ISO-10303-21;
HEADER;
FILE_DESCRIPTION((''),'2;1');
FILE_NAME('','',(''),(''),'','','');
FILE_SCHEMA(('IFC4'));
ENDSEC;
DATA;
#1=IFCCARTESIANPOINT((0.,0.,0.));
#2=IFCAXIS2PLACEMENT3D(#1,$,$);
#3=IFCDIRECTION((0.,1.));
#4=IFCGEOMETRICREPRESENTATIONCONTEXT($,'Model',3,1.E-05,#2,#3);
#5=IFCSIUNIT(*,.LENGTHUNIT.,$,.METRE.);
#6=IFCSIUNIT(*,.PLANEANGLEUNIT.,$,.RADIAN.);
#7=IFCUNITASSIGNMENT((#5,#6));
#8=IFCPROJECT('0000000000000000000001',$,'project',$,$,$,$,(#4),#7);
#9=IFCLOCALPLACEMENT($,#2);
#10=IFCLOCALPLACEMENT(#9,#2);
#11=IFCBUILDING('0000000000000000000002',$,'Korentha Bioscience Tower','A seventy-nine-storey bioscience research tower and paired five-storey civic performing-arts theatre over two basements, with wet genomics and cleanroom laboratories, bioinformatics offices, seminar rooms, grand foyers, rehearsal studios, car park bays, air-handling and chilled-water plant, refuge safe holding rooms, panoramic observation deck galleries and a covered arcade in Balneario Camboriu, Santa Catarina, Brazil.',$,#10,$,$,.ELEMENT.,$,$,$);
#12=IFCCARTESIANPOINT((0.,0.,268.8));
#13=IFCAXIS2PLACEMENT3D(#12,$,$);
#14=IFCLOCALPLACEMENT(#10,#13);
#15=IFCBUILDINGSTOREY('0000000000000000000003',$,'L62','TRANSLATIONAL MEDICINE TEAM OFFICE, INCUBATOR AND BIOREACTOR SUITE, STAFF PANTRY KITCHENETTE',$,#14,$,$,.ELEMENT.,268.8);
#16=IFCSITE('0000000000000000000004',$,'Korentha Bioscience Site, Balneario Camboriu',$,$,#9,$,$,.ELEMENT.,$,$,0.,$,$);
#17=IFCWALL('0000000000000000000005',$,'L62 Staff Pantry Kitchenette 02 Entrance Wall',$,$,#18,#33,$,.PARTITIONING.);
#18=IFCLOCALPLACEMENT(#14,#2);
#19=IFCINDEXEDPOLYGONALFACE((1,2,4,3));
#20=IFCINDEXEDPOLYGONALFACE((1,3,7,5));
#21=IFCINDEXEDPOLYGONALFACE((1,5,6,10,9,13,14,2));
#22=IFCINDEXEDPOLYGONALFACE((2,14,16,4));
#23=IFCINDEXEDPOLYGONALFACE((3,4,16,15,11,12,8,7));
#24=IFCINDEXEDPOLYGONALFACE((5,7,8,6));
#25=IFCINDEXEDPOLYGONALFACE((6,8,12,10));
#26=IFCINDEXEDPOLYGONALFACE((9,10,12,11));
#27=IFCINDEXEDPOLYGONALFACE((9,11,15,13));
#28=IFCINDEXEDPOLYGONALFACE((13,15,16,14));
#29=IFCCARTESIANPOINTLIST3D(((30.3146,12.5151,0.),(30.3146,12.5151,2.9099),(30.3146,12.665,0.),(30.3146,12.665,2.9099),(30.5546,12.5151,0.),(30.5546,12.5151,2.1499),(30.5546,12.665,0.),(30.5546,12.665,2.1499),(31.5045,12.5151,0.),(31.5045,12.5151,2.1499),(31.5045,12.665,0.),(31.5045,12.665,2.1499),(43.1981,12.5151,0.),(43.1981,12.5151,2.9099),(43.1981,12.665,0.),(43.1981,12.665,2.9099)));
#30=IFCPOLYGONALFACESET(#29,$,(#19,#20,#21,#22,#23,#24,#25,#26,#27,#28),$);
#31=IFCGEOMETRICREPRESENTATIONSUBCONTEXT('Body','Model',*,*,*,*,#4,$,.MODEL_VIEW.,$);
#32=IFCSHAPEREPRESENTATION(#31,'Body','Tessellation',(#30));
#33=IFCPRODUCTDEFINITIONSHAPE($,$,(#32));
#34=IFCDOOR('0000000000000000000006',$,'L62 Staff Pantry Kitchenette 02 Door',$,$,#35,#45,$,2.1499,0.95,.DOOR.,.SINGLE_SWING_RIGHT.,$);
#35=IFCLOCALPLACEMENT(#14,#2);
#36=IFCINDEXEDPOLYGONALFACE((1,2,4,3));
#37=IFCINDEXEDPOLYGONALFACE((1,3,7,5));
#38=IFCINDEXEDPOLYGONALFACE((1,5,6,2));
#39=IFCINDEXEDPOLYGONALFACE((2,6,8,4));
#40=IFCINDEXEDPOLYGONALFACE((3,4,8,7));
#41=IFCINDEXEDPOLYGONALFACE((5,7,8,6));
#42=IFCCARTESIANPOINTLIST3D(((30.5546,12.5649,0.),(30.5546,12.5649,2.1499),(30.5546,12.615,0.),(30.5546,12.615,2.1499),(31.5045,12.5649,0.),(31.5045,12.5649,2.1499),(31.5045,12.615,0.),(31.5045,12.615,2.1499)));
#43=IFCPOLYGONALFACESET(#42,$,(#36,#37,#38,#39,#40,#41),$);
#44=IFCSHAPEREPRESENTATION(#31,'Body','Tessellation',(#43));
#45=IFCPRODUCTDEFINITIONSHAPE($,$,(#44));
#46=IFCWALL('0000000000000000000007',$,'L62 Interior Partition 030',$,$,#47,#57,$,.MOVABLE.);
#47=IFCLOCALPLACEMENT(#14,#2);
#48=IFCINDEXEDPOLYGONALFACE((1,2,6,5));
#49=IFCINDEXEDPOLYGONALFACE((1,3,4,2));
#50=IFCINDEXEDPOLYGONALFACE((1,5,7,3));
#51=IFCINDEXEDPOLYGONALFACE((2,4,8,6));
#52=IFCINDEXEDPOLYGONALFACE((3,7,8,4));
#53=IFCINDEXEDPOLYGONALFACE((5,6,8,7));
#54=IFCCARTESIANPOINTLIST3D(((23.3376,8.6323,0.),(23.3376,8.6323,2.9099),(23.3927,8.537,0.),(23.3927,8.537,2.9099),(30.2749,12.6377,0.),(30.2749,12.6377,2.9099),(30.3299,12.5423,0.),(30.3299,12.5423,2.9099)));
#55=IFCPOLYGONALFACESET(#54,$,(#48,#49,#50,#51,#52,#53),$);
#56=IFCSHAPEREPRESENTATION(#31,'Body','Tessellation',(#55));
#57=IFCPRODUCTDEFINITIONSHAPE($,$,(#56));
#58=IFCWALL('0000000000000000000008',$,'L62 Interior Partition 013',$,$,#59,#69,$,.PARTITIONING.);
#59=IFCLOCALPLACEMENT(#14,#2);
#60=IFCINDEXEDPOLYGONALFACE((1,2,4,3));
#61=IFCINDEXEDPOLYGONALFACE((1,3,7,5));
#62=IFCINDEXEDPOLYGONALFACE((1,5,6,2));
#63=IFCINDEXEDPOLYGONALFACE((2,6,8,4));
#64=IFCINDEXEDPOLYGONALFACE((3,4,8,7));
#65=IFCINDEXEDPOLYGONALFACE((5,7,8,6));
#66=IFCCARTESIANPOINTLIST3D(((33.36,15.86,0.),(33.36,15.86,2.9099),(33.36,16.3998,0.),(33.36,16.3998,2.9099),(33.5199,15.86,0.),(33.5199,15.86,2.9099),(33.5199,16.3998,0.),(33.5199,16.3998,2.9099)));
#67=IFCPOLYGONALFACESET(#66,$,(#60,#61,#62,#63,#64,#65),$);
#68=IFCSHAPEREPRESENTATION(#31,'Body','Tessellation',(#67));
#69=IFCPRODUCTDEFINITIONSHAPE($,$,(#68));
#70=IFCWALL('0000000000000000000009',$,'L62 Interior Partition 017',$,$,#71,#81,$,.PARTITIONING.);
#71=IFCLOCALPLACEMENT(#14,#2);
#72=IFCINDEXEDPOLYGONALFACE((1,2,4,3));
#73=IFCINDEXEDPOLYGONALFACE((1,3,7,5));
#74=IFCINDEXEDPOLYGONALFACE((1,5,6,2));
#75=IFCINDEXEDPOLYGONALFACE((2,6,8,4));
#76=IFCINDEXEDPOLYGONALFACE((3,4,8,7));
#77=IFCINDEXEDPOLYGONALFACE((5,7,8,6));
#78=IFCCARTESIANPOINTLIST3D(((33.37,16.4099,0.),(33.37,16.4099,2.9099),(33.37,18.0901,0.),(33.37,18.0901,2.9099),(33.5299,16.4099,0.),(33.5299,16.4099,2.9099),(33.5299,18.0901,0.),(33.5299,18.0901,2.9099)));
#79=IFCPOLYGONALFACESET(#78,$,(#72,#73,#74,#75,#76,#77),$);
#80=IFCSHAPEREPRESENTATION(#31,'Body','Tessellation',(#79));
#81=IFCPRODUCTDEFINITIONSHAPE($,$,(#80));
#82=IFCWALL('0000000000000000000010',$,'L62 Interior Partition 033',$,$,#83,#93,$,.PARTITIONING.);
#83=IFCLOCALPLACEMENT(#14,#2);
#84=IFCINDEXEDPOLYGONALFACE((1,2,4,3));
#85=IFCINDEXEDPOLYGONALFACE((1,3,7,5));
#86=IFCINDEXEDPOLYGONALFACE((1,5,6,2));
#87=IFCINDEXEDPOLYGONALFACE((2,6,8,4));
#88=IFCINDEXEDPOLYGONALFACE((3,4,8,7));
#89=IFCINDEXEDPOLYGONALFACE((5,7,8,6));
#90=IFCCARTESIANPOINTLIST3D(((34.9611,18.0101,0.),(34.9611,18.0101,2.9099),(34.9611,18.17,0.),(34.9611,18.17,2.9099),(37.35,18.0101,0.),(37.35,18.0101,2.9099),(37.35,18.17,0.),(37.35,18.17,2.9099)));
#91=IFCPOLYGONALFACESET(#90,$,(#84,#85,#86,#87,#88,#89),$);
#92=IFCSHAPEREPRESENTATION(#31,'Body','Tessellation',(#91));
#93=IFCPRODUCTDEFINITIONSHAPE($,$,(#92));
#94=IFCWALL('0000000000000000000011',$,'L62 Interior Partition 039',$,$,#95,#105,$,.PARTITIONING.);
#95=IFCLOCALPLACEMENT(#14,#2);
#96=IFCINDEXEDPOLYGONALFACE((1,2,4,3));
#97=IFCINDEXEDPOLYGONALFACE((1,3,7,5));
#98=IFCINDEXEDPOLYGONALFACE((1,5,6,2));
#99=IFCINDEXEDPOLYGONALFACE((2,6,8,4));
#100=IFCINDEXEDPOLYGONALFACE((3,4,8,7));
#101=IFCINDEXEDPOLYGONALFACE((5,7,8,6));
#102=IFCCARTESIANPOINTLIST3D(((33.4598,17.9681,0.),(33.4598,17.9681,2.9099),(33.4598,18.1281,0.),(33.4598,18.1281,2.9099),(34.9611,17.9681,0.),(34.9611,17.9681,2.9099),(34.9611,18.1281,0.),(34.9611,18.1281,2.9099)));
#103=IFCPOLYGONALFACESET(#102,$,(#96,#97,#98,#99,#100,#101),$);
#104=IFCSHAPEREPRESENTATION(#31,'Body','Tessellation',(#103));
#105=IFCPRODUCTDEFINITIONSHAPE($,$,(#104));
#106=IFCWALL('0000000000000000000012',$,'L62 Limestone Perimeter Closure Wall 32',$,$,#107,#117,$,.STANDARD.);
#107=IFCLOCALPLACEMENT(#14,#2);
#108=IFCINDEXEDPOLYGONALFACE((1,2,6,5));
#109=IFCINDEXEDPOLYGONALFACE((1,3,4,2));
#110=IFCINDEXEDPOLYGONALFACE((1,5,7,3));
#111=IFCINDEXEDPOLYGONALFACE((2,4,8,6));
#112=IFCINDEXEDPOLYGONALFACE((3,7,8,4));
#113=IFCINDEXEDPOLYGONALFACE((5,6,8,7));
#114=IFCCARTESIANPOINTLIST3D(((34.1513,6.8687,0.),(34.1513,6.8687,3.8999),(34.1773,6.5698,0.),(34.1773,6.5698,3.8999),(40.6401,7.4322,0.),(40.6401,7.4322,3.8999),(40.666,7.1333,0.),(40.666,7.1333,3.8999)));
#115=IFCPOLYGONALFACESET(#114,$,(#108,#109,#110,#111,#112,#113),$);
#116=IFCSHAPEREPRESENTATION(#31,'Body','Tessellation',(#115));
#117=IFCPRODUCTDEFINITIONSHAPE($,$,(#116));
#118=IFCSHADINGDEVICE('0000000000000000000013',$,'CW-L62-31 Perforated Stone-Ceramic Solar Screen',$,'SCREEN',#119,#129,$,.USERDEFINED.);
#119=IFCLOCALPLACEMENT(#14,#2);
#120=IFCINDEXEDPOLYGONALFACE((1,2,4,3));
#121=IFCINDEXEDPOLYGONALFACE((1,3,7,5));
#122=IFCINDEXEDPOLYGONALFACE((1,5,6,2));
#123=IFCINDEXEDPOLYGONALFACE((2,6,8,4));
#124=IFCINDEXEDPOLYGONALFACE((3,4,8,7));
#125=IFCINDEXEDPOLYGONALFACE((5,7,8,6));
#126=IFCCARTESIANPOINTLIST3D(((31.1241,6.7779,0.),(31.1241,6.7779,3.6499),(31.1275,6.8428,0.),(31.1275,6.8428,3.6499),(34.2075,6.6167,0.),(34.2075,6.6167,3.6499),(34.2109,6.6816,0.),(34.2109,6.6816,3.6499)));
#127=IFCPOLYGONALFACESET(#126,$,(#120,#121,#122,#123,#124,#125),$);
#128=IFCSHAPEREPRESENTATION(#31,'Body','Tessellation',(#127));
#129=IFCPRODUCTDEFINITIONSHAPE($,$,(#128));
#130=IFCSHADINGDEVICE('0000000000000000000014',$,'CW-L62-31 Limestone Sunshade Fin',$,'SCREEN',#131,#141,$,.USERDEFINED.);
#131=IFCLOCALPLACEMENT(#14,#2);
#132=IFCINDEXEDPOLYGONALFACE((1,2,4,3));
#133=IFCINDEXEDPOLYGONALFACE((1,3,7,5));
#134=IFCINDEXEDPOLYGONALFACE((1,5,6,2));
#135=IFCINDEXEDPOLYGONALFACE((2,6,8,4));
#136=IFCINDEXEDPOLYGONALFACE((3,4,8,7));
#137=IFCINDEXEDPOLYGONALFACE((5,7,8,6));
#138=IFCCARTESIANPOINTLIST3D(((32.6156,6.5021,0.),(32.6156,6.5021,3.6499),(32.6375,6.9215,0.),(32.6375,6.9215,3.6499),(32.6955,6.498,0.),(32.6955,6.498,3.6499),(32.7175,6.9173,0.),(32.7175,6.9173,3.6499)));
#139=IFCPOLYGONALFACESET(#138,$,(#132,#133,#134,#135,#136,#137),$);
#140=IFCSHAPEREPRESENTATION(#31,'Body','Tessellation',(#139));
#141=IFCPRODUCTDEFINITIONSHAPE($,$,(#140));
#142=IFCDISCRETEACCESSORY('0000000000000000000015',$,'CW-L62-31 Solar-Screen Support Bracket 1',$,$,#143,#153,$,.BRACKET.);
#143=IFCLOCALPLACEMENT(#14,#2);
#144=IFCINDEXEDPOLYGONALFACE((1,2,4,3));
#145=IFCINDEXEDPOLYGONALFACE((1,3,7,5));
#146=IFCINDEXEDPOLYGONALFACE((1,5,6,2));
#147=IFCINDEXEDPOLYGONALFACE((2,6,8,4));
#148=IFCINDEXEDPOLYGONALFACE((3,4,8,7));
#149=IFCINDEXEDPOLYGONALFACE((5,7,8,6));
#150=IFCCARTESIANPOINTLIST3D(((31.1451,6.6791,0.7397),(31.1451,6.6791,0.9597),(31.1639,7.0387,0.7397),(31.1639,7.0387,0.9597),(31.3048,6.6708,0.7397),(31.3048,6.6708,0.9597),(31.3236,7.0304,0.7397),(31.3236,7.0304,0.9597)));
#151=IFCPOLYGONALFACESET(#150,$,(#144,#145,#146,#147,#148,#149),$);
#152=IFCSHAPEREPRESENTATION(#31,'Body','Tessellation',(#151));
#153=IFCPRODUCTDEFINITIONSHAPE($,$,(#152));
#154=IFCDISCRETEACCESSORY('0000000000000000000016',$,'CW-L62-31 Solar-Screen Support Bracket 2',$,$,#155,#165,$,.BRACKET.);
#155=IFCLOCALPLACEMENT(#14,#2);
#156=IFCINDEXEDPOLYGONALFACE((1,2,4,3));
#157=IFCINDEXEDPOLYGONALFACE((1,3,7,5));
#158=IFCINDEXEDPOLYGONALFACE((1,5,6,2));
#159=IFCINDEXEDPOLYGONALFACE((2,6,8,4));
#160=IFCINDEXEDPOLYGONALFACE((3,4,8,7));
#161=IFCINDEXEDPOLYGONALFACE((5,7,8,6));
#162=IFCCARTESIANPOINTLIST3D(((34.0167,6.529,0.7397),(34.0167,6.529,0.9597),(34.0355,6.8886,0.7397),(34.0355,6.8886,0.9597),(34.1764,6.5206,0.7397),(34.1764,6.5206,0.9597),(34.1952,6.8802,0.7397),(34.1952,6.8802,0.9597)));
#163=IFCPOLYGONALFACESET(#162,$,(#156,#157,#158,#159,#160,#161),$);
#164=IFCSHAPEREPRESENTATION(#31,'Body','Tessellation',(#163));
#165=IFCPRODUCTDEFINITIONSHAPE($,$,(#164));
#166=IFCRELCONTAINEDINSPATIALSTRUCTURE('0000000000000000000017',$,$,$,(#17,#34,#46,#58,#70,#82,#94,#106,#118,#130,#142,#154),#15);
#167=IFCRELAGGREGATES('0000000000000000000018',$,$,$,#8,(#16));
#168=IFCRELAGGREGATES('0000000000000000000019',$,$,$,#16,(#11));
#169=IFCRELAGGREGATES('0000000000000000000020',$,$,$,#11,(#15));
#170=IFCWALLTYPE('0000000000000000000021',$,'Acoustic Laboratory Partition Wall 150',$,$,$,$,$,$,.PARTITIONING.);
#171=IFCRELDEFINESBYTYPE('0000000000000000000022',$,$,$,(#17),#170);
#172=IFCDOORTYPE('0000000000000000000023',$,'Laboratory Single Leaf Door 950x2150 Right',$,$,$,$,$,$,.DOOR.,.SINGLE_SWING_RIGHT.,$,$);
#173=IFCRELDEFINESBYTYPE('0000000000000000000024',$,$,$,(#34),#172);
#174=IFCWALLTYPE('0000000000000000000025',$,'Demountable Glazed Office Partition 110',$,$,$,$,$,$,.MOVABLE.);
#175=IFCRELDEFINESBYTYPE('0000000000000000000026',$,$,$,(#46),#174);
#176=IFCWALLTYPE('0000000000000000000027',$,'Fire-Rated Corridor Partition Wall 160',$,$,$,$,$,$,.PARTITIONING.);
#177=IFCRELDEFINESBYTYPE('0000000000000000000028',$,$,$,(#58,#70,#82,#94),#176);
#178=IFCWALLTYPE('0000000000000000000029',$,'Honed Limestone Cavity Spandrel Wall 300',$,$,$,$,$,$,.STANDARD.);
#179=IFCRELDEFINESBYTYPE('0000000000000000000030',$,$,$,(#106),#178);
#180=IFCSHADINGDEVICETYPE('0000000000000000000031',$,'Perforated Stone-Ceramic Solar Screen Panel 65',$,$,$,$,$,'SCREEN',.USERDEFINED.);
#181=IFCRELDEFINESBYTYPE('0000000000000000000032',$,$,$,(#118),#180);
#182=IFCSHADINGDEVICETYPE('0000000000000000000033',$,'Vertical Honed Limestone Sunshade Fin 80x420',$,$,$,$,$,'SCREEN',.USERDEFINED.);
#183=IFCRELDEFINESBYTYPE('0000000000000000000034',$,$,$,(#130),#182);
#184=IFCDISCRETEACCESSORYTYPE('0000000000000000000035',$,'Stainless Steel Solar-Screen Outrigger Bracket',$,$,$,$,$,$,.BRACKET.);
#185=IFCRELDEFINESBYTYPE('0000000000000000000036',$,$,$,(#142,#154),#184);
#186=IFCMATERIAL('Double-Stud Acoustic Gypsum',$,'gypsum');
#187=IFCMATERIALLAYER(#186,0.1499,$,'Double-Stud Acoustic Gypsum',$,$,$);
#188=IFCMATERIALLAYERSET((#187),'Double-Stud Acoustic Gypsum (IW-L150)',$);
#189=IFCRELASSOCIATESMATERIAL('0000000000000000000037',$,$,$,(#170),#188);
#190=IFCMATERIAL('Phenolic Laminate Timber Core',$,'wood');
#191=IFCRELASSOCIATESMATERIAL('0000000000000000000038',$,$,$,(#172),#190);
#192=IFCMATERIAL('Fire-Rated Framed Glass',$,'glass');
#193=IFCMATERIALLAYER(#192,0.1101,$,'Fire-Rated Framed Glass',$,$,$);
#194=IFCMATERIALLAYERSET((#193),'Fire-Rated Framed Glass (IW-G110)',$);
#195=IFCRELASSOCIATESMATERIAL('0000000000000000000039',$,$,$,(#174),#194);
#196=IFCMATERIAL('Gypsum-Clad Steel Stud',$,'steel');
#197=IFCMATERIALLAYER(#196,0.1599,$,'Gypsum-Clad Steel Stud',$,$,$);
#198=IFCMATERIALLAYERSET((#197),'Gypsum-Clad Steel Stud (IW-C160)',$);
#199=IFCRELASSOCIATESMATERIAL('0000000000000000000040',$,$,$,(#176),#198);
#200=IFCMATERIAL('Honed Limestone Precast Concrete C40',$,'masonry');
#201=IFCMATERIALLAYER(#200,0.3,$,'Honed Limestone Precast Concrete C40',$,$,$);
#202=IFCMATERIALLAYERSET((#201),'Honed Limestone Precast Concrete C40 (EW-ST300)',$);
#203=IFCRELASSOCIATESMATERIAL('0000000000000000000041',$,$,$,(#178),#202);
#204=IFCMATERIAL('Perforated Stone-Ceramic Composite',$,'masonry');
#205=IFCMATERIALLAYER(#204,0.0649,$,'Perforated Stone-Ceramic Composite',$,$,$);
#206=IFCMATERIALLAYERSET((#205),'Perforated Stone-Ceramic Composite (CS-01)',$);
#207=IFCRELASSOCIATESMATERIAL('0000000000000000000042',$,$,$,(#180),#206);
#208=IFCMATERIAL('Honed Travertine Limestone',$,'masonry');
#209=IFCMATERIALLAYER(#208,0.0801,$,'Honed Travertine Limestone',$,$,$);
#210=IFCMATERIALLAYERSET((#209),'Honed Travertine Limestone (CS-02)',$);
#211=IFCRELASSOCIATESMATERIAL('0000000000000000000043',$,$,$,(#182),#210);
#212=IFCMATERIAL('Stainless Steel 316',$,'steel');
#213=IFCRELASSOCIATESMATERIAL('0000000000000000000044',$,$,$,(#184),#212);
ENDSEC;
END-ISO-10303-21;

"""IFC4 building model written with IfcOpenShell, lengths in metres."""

from ifc_helpers import new_model, si_unit, direction, frame, frame_2d, origin, origin_2d, place, context, subcontext, project, spatial, rectangle, extrude, material, layer, layer_set, type_object, element, fill, save


model = new_model("IFC4")

# Units and contexts
model_context = context("Model", 3, precision=1e-05, world=origin(), true_north=direction((0.0, 1.0)))
body_context = subcontext(model_context, "Body", "Model", "MODEL_VIEW")
ifc_project = project(units=[si_unit("LENGTHUNIT", "METRE"), si_unit("PLANEANGLEUNIT", "RADIAN")], contexts=[model_context])

# Site, building, storey
site_placement = place(None, origin())
site = spatial("IfcSite", under=ifc_project, at=site_placement, Name="Korentha Bioscience Site, Balneario Camboriu", CompositionType="ELEMENT", RefElevation=0.0)
building_placement = place(site_placement, origin())
building = spatial("IfcBuilding", under=site, at=building_placement, Name="Korentha Bioscience Tower", Description="A seventy-nine-storey bioscience research tower and paired five-storey civic performing-arts theatre over two basements, with wet genomics and cleanroom laboratories, bioinformatics offices, seminar rooms, grand foyers, rehearsal studios, car park bays, air-handling and chilled-water plant, refuge safe holding rooms, panoramic observation deck galleries and a covered arcade in Balneario Camboriu, Santa Catarina, Brazil.", CompositionType="ELEMENT")
storey_placement = place(building_placement, frame((0.0, 0.0, 268.8)))
storey = spatial("IfcBuildingStorey", under=building, at=storey_placement, Name="L62", Description="TRANSLATIONAL MEDICINE TEAM OFFICE, INCUBATOR AND BIOREACTOR SUITE, STAFF PANTRY KITCHENETTE", CompositionType="ELEMENT", Elevation=268.8)

# Wall, opening, door
ifc_material_1 = material(Name="Double-Stud Acoustic Gypsum", Category="gypsum")
ifc_layer_1 = layer(ifc_material_1, 0.1499, Name="Double-Stud Acoustic Gypsum")
ifc_layer_set_1 = layer_set([ifc_layer_1], Name="Double-Stud Acoustic Gypsum (IW-L150)")
wall_type_1 = type_object("IfcWallType", Name="Acoustic Laboratory Partition Wall 150", PredefinedType="PARTITIONING", material=ifc_layer_set_1)
wall_1_placement = place(storey_placement, frame((30.3145, 12.5901, 0.0), z_axis=(0.0, 0.0, 1.0), x_axis=(1.0, 0.0, 0.0)))
wall_1 = element("IfcWall", 1, at=wall_1_placement, inside=storey, type_object=wall_type_1, Name="L62 Staff Pantry Kitchenette 02 Entrance Wall", PredefinedType="PARTITIONING", context=body_context, shape_type="SweptSolid", body=[
    extrude(rectangle(XDim=12.8835, YDim=0.1499, at=frame_2d((6.4419, 0.0))), origin(), (0.0, 0.0, 1.0), 2.9099),
])
opening_1_placement = place(wall_1_placement, frame((0.24, 0.0, 0.0)))
opening_1 = element("IfcOpeningElement", 2, at=opening_1_placement, cuts=wall_1, PredefinedType="OPENING", context=body_context, shape_type="SweptSolid", body=[
    extrude(rectangle(XDim=0.95, YDim=2.1499, at=frame_2d((0.4751, 1.075))), frame((0.0, 0.0898, 0.0), z_axis=(0.0, -1.0, 0.0), x_axis=(1.0, 0.0, 0.0)), (0.0, 0.0, 1.0), 0.1797),
])
ifc_material_2 = material(Name="Phenolic Laminate Timber Core", Category="wood")
door_type_1 = type_object("IfcDoorType", Name="Laboratory Single Leaf Door 950x2150 Right", OperationType="SINGLE_SWING_RIGHT", PredefinedType="DOOR", material=ifc_material_2)
door_1_placement = place(opening_1_placement, origin())
door_1 = element("IfcDoor", 3, at=door_1_placement, inside=storey, type_object=door_type_1, Name="L62 Staff Pantry Kitchenette 02 Door", OperationType="SINGLE_SWING_RIGHT", OverallHeight=2.1499, OverallWidth=0.95, PredefinedType="DOOR", context=body_context, shape_type="SweptSolid", body=[
    extrude(rectangle(XDim=0.95, YDim=2.1499, at=frame_2d((0.4751, 1.075))), frame((0.0, 0.0249, 0.0), z_axis=(0.0, -1.0, 0.0), x_axis=(1.0, 0.0, 0.0)), (0.0, 0.0, 1.0), 0.05),
])
fill(opening_1, door_1)

# Wall
ifc_material_3 = material(Name="Fire-Rated Framed Glass", Category="glass")
ifc_layer_2 = layer(ifc_material_3, 0.1101, Name="Fire-Rated Framed Glass")
ifc_layer_set_2 = layer_set([ifc_layer_2], Name="Fire-Rated Framed Glass (IW-G110)")
wall_type_2 = type_object("IfcWallType", Name="Demountable Glazed Office Partition 110", PredefinedType="MOVABLE", material=ifc_layer_set_2)
wall_2_placement = place(storey_placement, frame((30.3025, 12.5901, 0.0), z_axis=(0.0, 0.0, 1.0), x_axis=(-0.866018, -0.500014, 0.0)))
element("IfcWall", 4, at=wall_2_placement, inside=storey, type_object=wall_type_2, Name="L62 Interior Partition 030", PredefinedType="MOVABLE", context=body_context, shape_type="SweptSolid", body=[
    extrude(rectangle(XDim=8.0105, YDim=0.1101, at=frame_2d((4.0054, 0.0))), origin(), (0.0, 0.0, 1.0), 2.9099),
])

# Shared definitions
ifc_material_4 = material(Name="Gypsum-Clad Steel Stud", Category="steel")
ifc_layer_3 = layer(ifc_material_4, 0.1599, Name="Gypsum-Clad Steel Stud")
ifc_layer_set_3 = layer_set([ifc_layer_3], Name="Gypsum-Clad Steel Stud (IW-C160)")
wall_type_3 = type_object("IfcWallType", Name="Fire-Rated Corridor Partition Wall 160", PredefinedType="PARTITIONING", material=ifc_layer_set_3)

# Walls
wall_3_placement = place(storey_placement, frame((33.4399, 16.3999, 0.0), z_axis=(0.0, 0.0, 1.0), x_axis=(0.0, -1.0, 0.0)))
element("IfcWall", 5, at=wall_3_placement, inside=storey, type_object=wall_type_3, Name="L62 Interior Partition 013", PredefinedType="PARTITIONING", context=body_context, shape_type="SweptSolid", body=[
    extrude(rectangle(XDim=0.5398, YDim=0.1599, at=frame_2d((0.27, 0.0))), origin(), (0.0, 0.0, 1.0), 2.9099),
])
wall_4_placement = place(storey_placement, frame((33.45, 18.0901, 0.0), z_axis=(0.0, 0.0, 1.0), x_axis=(0.0, -1.0, 0.0)))
element("IfcWall", 6, at=wall_4_placement, inside=storey, type_object=wall_type_3, Name="L62 Interior Partition 017", PredefinedType="PARTITIONING", context=body_context, shape_type="SweptSolid", body=[
    extrude(rectangle(XDim=1.6802, YDim=0.1599, at=frame_2d((0.8401, 0.0))), origin(), (0.0, 0.0, 1.0), 2.9099),
])
wall_5_placement = place(storey_placement, frame((34.9612, 18.0901, 0.0), z_axis=(0.0, 0.0, 1.0), x_axis=(1.0, 0.0, 0.0)))
element("IfcWall", 7, at=wall_5_placement, inside=storey, type_object=wall_type_3, Name="L62 Interior Partition 033", PredefinedType="PARTITIONING", context=body_context, shape_type="SweptSolid", body=[
    extrude(rectangle(XDim=2.3889, YDim=0.1599, at=frame_2d((1.1943, 0.0))), origin(), (0.0, 0.0, 1.0), 2.9099),
])
wall_6_placement = place(storey_placement, frame((33.46, 18.0481, 0.0), z_axis=(0.0, 0.0, 1.0), x_axis=(1.0, 0.0, 0.0)))
element("IfcWall", 8, at=wall_6_placement, inside=storey, type_object=wall_type_3, Name="L62 Interior Partition 039", PredefinedType="PARTITIONING", context=body_context, shape_type="SweptSolid", body=[
    extrude(rectangle(XDim=1.5012, YDim=0.1599, at=frame_2d((0.7505, 0.0))), origin(), (0.0, 0.0, 1.0), 2.9099),
])
ifc_material_5 = material(Name="Honed Limestone Precast Concrete C40", Category="masonry")
ifc_layer_4 = layer(ifc_material_5, 0.3, Name="Honed Limestone Precast Concrete C40")
ifc_layer_set_4 = layer_set([ifc_layer_4], Name="Honed Limestone Precast Concrete C40 (EW-ST300)")
wall_type_4 = type_object("IfcWallType", Name="Honed Limestone Cavity Spandrel Wall 300", PredefinedType="STANDARD", material=ifc_layer_set_4)
wall_7_placement = place(storey_placement, frame((34.1643, 6.7192, 0.0), z_axis=(0.0, 0.0, 1.0), x_axis=(0.996251, 0.086513, 0.0)))
element("IfcWall", 9, at=wall_7_placement, inside=storey, type_object=wall_type_4, Name="L62 Limestone Perimeter Closure Wall 32", PredefinedType="STANDARD", context=body_context, shape_type="SweptSolid", body=[
    extrude(rectangle(XDim=6.5132, YDim=0.3, at=frame_2d((3.2566, 0.0))), origin(), (0.0, 0.0, 1.0), 3.8999),
])

# Shading devices
ifc_material_6 = material(Name="Perforated Stone-Ceramic Composite", Category="masonry")
ifc_layer_5 = layer(ifc_material_6, 0.0649, Name="Perforated Stone-Ceramic Composite")
ifc_layer_set_5 = layer_set([ifc_layer_5], Name="Perforated Stone-Ceramic Composite (CS-01)")
shading_device_type_1 = type_object("IfcShadingDeviceType", Name="Perforated Stone-Ceramic Solar Screen Panel 65", ElementType="SCREEN", PredefinedType="USERDEFINED", material=ifc_layer_set_5)
shading_device_1_placement = place(storey_placement, frame((32.6675, 6.7297, 0.0), z_axis=(0.0, 0.0, 1.0), x_axis=(0.998636, -0.05221, 0.0)))
element("IfcShadingDevice", 10, at=shading_device_1_placement, inside=storey, type_object=shading_device_type_1, Name="CW-L62-31 Perforated Stone-Ceramic Solar Screen", ObjectType="SCREEN", PredefinedType="USERDEFINED", context=body_context, shape_type="SweptSolid", body=[
    extrude(rectangle(XDim=3.0876, YDim=0.0649, at=origin_2d()), origin(), (0.0, 0.0, 1.0), 3.6499),
])
ifc_material_7 = material(Name="Honed Travertine Limestone", Category="masonry")
ifc_layer_6 = layer(ifc_material_7, 0.0801, Name="Honed Travertine Limestone")
ifc_layer_set_6 = layer_set([ifc_layer_6], Name="Honed Travertine Limestone (CS-02)")
shading_device_type_2 = type_object("IfcShadingDeviceType", Name="Vertical Honed Limestone Sunshade Fin 80x420", ElementType="SCREEN", PredefinedType="USERDEFINED", material=ifc_layer_set_6)
shading_device_2_placement = place(storey_placement, frame((32.6665, 6.7097, 0.0), z_axis=(0.0, 0.0, 1.0), x_axis=(0.998636, -0.05221, 0.0)))
element("IfcShadingDevice", 11, at=shading_device_2_placement, inside=storey, type_object=shading_device_type_2, Name="CW-L62-31 Limestone Sunshade Fin", ObjectType="SCREEN", PredefinedType="USERDEFINED", context=body_context, shape_type="SweptSolid", body=[
    extrude(rectangle(XDim=0.0801, YDim=0.4199, at=origin_2d()), origin(), (0.0, 0.0, 1.0), 3.6499),
])

# Discrete accessories
ifc_material_8 = material(Name="Stainless Steel 316", Category="steel")
discrete_accessory_type = type_object("IfcDiscreteAccessoryType", Name="Stainless Steel Solar-Screen Outrigger Bracket", PredefinedType="BRACKET", material=ifc_material_8)
for number, where, z_axis, x_axis, name in (
    (12, (31.2344, 6.8547, 0.7397), (0.0, 0.0, 1.0), (0.998636, -0.05221, 0.0), "CW-L62-31 Solar-Screen Support Bracket 1"),
    (13, (34.106, 6.7046, 0.7397), (0.0, 0.0, 1.0), (0.998636, -0.05221, 0.0), "CW-L62-31 Solar-Screen Support Bracket 2"),
):
    element("IfcDiscreteAccessory", number, at=place(storey_placement, frame(where, z_axis=z_axis, x_axis=x_axis)), inside=storey, type_object=discrete_accessory_type, Name=name, PredefinedType="BRACKET", context=body_context, shape_type="SweptSolid", body=[
        extrude(rectangle(XDim=0.1599, YDim=0.3601, at=origin_2d()), origin(), (0.0, 0.0, 1.0), 0.22),
    ])

save(model, "model.ifc")
